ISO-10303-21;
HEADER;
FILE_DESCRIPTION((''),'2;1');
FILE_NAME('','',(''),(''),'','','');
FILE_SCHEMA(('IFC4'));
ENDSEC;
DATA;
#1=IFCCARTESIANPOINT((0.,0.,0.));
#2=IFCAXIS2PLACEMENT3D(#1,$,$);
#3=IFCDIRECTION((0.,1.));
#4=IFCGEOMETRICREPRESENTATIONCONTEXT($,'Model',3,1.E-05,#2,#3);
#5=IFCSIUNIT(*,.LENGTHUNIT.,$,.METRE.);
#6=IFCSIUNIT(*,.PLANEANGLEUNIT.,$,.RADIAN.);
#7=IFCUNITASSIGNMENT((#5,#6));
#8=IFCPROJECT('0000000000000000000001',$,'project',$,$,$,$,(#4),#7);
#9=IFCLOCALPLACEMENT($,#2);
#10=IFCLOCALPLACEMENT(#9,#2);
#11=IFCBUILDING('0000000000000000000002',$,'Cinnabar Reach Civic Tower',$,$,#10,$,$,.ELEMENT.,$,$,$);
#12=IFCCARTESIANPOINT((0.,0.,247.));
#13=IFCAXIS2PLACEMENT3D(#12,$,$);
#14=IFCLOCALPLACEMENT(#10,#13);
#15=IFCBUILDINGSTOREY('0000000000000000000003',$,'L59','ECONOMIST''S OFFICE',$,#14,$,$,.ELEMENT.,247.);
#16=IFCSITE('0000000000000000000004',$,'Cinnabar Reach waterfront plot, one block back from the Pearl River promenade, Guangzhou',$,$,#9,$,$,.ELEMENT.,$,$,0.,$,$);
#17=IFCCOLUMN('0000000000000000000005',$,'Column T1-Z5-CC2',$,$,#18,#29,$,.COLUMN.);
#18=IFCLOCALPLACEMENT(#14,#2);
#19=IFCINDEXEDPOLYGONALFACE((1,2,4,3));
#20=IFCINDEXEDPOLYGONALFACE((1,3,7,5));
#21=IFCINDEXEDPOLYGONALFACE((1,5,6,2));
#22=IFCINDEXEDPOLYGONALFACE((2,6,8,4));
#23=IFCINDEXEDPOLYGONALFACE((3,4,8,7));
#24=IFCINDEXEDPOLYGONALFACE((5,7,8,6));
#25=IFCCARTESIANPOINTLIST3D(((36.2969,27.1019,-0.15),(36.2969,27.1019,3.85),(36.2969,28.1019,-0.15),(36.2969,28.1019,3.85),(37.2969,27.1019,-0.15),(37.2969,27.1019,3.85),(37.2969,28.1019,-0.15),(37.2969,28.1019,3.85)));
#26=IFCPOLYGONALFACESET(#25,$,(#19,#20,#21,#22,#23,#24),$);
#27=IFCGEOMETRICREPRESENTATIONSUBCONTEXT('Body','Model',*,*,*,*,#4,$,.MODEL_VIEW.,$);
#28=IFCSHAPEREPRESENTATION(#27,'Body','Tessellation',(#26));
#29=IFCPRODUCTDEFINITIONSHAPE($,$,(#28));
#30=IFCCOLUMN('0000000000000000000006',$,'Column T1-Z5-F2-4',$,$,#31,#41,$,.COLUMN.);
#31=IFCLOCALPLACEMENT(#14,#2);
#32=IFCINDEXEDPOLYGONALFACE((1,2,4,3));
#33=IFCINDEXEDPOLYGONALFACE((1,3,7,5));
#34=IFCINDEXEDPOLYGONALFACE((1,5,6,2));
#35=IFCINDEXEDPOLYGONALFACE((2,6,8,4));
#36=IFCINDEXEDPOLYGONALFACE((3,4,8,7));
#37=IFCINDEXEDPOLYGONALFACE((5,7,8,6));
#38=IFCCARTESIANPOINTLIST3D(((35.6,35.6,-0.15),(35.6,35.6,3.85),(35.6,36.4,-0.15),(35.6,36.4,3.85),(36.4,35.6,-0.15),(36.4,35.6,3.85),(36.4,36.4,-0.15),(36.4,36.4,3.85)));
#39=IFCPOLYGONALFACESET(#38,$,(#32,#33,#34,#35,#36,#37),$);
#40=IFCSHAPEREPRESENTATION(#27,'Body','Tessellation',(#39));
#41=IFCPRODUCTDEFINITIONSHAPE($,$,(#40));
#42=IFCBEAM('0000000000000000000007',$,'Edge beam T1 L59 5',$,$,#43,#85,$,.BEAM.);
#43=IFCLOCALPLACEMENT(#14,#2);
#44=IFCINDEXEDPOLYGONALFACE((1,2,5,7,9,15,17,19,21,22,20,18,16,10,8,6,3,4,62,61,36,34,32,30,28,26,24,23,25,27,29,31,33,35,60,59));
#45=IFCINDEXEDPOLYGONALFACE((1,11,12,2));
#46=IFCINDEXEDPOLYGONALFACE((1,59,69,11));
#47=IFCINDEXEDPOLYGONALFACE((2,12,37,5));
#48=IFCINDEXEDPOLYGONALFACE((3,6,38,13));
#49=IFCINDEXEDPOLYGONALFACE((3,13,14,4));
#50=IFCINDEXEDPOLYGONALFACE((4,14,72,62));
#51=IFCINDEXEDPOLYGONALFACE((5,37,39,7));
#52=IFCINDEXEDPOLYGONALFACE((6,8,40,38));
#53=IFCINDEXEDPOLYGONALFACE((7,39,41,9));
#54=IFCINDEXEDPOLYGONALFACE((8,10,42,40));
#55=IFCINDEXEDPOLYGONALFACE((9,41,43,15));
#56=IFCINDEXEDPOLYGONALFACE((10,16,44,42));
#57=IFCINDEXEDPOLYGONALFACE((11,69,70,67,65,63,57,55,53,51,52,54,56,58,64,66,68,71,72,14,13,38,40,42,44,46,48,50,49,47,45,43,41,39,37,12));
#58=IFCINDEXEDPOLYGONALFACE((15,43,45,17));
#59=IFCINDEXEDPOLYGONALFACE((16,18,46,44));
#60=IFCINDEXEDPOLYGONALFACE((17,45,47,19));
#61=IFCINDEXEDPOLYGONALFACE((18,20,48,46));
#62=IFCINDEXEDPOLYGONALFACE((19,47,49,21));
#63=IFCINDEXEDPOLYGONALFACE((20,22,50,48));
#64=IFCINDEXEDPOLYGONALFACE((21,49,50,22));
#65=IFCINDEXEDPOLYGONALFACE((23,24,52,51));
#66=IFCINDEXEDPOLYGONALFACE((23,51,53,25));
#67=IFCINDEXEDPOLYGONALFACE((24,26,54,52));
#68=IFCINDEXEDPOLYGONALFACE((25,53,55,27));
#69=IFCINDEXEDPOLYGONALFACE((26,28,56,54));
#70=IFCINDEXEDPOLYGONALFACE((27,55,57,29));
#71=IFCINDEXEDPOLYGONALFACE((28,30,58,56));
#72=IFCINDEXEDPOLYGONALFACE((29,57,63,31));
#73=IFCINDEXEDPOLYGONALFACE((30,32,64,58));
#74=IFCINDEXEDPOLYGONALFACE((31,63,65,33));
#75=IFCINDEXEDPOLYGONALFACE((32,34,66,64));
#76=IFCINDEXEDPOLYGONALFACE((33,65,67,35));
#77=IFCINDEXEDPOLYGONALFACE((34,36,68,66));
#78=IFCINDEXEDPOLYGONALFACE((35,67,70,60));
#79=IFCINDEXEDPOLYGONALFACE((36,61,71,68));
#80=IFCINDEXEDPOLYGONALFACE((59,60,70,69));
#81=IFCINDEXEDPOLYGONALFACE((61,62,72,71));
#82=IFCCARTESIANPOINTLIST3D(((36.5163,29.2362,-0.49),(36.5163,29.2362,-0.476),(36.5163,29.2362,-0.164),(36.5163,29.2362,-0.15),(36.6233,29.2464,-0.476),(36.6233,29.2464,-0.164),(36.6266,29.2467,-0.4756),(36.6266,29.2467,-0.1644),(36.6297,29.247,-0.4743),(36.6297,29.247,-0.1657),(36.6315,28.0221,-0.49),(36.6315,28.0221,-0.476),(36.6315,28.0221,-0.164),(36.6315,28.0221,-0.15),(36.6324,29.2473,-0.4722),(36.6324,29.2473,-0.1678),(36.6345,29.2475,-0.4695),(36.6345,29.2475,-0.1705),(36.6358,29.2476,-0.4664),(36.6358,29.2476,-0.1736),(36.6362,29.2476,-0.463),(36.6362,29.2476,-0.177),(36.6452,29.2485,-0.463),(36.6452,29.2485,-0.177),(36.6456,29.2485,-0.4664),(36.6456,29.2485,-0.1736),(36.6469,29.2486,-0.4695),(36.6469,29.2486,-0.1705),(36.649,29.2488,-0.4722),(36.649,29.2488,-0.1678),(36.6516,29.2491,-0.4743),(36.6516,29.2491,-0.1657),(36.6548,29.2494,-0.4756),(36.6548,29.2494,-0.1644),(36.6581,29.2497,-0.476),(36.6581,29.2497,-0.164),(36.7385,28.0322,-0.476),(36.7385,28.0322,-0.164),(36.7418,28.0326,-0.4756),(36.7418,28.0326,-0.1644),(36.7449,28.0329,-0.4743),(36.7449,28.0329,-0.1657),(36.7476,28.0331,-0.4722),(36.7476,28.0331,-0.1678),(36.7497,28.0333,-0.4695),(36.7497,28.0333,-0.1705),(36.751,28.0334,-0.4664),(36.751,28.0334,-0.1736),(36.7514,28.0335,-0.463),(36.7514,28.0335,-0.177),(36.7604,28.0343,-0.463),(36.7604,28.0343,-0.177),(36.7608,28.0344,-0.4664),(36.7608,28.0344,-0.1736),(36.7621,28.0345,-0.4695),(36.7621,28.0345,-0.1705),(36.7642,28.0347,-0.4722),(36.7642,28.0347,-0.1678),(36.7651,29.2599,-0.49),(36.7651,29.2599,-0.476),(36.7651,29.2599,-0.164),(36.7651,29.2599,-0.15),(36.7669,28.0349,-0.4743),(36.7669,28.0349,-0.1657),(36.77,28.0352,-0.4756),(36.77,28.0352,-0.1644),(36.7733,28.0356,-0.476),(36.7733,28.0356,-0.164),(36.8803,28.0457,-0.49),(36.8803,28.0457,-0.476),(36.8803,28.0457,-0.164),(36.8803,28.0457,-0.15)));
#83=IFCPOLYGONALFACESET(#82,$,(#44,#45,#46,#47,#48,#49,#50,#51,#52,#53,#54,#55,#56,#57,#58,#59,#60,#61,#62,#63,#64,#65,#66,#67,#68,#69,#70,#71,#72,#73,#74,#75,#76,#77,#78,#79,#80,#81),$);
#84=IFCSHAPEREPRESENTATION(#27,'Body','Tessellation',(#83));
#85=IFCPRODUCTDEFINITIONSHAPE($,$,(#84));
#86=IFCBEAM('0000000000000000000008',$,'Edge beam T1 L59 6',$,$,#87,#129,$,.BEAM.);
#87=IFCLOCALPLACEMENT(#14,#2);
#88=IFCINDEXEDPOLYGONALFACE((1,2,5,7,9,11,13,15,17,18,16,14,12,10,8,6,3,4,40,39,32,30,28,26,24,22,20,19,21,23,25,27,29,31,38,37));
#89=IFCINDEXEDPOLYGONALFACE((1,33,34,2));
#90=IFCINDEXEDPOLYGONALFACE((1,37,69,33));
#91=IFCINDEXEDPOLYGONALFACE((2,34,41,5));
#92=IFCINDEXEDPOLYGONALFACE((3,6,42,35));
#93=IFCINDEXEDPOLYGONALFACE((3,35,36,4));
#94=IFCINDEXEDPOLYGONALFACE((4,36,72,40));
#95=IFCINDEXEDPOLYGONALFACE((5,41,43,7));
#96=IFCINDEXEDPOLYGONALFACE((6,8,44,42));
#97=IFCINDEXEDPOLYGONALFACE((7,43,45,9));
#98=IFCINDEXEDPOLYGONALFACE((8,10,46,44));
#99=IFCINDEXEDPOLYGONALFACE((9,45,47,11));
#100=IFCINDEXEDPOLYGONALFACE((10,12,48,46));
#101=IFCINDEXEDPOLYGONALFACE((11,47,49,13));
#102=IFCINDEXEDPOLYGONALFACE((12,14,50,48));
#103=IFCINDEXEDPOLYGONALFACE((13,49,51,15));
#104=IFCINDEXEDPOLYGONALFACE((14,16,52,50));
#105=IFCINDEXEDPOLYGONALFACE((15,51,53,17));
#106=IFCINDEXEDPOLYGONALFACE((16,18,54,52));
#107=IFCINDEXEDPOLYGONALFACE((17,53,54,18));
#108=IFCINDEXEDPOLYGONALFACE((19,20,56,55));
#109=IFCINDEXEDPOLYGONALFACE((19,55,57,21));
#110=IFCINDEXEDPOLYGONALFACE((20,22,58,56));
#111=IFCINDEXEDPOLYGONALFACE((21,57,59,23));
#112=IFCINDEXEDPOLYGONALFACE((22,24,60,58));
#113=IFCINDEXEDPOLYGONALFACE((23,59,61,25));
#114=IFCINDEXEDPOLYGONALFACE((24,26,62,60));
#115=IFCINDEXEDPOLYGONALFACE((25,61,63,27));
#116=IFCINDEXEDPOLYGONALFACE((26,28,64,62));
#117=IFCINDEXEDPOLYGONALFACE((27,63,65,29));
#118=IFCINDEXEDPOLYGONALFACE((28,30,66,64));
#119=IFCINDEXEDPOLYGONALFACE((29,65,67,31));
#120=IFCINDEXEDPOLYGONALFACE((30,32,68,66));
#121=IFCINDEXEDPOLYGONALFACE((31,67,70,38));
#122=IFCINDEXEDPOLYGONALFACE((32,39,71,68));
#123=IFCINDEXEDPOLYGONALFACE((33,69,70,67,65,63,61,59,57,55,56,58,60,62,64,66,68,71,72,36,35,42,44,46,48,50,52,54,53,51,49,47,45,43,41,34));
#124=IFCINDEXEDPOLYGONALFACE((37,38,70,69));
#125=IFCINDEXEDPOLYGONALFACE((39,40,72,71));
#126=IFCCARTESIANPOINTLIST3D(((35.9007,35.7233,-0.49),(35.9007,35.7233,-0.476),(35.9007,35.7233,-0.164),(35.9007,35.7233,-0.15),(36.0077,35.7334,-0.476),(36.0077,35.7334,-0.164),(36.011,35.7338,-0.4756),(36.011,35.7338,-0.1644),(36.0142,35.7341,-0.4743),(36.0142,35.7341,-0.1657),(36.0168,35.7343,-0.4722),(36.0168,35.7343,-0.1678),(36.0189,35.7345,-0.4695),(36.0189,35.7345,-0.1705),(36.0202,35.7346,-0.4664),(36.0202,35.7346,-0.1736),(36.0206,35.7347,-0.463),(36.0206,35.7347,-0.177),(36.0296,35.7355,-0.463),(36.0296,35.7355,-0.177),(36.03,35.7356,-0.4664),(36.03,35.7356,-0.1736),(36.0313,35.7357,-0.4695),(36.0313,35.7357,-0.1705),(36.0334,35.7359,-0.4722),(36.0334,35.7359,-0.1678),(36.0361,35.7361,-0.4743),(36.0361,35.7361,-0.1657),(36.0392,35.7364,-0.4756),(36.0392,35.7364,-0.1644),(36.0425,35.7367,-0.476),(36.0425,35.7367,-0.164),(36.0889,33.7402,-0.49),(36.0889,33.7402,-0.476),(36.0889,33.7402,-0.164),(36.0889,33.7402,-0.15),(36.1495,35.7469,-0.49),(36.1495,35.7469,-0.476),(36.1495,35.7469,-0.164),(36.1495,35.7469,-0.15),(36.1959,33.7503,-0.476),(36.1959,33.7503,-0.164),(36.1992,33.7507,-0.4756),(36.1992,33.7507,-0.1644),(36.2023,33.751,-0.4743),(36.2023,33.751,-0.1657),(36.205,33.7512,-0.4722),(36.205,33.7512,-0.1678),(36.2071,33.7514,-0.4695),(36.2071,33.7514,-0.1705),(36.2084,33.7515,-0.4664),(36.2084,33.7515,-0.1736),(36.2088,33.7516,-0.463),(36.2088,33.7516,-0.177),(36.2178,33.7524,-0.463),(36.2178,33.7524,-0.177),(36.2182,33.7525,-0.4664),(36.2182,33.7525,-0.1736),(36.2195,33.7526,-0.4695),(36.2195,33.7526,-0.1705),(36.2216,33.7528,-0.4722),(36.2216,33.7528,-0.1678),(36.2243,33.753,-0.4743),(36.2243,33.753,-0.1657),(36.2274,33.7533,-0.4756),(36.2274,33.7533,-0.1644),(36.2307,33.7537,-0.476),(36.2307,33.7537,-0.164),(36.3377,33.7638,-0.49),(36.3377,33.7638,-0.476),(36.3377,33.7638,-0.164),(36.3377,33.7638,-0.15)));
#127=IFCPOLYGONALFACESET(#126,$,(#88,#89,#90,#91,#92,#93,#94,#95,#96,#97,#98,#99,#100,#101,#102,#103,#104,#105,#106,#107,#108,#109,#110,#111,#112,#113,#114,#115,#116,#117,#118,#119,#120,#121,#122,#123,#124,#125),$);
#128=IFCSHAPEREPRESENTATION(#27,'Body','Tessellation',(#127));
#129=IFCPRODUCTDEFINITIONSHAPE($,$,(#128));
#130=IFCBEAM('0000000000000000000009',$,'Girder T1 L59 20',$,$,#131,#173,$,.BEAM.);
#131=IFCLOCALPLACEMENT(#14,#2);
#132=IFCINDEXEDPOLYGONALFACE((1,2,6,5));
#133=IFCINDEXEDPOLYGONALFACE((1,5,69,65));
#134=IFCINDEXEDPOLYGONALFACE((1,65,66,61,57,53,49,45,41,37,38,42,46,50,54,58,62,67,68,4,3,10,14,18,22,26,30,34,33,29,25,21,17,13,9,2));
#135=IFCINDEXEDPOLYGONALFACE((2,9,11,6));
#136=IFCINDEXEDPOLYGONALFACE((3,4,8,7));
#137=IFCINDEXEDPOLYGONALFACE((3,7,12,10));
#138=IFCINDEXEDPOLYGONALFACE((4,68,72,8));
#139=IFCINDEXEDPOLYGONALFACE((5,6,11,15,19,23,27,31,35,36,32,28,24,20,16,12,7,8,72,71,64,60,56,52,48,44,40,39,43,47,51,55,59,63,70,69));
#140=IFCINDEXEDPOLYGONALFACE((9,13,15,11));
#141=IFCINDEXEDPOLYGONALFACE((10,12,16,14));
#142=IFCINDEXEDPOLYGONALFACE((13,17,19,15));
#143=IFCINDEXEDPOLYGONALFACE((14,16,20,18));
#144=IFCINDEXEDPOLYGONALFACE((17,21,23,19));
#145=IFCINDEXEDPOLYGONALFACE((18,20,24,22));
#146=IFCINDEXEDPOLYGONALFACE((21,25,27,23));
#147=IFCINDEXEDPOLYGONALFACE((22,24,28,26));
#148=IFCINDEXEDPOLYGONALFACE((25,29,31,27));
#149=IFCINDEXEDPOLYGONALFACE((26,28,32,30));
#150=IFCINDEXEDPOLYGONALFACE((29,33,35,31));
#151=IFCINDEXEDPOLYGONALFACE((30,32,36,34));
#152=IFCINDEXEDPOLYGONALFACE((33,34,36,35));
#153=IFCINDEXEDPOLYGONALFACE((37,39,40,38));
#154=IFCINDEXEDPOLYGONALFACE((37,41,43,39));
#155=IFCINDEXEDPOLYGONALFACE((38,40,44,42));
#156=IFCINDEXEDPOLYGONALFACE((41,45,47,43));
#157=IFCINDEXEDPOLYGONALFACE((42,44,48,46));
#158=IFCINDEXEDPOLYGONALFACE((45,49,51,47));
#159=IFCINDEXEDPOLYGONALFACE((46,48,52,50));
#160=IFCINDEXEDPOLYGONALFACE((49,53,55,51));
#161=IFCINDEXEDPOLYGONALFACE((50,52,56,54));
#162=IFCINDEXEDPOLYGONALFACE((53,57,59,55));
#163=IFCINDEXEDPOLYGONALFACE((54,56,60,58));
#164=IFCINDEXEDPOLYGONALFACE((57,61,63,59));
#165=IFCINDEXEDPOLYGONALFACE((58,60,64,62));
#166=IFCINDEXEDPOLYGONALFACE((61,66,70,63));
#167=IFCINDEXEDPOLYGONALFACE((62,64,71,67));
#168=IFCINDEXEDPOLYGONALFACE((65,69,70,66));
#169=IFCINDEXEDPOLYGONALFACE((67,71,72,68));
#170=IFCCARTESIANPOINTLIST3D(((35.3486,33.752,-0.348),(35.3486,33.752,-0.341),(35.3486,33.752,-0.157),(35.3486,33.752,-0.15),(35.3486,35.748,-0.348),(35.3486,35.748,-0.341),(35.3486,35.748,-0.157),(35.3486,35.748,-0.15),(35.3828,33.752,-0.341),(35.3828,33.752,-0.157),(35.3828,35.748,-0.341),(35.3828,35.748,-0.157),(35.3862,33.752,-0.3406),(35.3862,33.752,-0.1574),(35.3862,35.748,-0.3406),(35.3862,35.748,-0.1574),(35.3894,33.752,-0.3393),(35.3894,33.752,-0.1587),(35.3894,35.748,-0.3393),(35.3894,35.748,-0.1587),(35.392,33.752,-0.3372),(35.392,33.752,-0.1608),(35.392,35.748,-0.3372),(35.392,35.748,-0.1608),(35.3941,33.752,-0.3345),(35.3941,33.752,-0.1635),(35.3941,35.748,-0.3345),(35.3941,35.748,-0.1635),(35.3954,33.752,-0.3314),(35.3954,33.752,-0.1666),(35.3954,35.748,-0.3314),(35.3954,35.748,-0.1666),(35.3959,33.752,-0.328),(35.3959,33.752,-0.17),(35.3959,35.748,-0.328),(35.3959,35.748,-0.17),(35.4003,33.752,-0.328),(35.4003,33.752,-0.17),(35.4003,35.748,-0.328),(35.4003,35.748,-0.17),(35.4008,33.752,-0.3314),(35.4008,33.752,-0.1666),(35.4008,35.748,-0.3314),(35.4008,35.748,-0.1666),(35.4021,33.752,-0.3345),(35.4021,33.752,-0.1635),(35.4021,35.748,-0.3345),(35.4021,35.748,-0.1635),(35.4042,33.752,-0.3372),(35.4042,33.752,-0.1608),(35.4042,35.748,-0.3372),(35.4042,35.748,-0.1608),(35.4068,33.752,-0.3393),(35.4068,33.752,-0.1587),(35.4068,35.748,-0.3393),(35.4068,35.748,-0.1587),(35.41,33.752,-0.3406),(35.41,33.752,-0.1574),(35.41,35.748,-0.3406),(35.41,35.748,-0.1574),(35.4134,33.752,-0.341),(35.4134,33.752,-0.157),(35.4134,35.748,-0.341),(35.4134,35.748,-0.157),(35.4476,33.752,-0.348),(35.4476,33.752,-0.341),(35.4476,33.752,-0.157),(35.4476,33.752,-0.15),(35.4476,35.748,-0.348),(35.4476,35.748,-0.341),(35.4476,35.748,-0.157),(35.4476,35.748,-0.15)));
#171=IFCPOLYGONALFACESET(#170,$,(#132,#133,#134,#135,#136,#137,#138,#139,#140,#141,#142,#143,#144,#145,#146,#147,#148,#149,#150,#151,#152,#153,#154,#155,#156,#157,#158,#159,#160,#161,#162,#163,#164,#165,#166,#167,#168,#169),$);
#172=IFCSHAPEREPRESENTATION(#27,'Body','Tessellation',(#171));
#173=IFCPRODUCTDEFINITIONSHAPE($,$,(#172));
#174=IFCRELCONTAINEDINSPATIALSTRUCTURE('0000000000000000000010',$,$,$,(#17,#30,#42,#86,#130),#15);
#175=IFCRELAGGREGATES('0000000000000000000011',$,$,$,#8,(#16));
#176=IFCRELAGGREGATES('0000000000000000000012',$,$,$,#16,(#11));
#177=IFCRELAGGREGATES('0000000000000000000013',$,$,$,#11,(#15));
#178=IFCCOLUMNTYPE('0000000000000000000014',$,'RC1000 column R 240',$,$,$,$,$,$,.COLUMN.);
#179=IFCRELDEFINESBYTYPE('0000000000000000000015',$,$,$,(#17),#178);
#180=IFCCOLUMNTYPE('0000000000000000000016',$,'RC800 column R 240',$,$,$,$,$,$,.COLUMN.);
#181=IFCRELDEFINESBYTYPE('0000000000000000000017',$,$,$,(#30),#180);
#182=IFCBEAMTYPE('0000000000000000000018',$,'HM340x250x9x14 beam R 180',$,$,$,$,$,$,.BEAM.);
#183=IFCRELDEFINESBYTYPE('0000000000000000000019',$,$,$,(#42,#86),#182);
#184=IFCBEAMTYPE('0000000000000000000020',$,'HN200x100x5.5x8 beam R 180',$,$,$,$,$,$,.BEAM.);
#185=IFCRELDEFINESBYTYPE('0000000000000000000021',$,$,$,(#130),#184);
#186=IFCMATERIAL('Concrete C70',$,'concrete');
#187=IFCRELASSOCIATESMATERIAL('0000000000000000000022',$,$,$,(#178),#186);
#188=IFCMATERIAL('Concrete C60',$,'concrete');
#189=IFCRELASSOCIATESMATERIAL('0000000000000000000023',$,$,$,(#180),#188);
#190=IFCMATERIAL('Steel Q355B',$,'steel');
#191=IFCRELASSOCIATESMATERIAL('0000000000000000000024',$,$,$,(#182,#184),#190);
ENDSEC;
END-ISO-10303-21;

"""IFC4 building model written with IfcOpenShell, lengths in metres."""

from ifc_helpers import new_model, si_unit, direction, frame, origin, origin_2d, place, context, subcontext, project, spatial, rectangle, i_section, extrude, material, material_profile, profile_set, type_object, element, save


model = new_model("IFC4")

# Units and contexts
model_context = context("Model", 3, precision=1e-05, world=origin(), true_north=direction((0.0, 1.0)))
body_context = subcontext(model_context, "Body", "Model", "MODEL_VIEW")
ifc_project = project(units=[si_unit("LENGTHUNIT", "METRE"), si_unit("PLANEANGLEUNIT", "RADIAN")], contexts=[model_context])

# Site, building, storey
site_placement = place(None, origin())
site = spatial("IfcSite", under=ifc_project, at=site_placement, Name="Cinnabar Reach waterfront plot, one block back from the Pearl River promenade, Guangzhou", CompositionType="ELEMENT", RefElevation=0.0)
building_placement = place(site_placement, origin())
building = spatial("IfcBuilding", under=site, at=building_placement, Name="Cinnabar Reach Civic Tower", CompositionType="ELEMENT")
storey_placement = place(building_placement, frame((0.0, 0.0, 247.0)))
storey = spatial("IfcBuildingStorey", under=building, at=storey_placement, Name="L59", Description="ECONOMIST'S OFFICE", CompositionType="ELEMENT", Elevation=247.0)

# Columns
ifc_material_1 = material(Name="Concrete C70", Category="concrete")
ifc_material_profile_1 = material_profile(ifc_material_1, rectangle(XDim=1.0, YDim=1.0, at=origin_2d()), Name="RC1000")
ifc_profile_set_1 = profile_set([ifc_material_profile_1], Name="Concrete C70")
column_type_1 = type_object("IfcColumnType", Name="RC1000 column R 240", PredefinedType="COLUMN", material=ifc_profile_set_1)
column_1_placement = place(storey_placement, frame((36.7969, 27.6019, -0.15), z_axis=(0.0, 0.0, 1.0), x_axis=(1.0, 0.0, 0.0)))
element("IfcColumn", 1, at=column_1_placement, inside=storey, type_object=column_type_1, Name="Column T1-Z5-CC2", PredefinedType="COLUMN", context=body_context, shape_type="SweptSolid", body=[
    extrude(rectangle(XDim=1.0, YDim=1.0, at=origin_2d()), origin(), (0.0, 0.0, 1.0), 4.0),
])
ifc_material_2 = material(Name="Concrete C60", Category="concrete")
ifc_material_profile_2 = material_profile(ifc_material_2, rectangle(XDim=0.8, YDim=0.8, at=origin_2d()), Name="RC800")
ifc_profile_set_2 = profile_set([ifc_material_profile_2], Name="Concrete C60")
column_type_2 = type_object("IfcColumnType", Name="RC800 column R 240", PredefinedType="COLUMN", material=ifc_profile_set_2)
column_2_placement = place(storey_placement, frame((36.0, 36.0, -0.15), z_axis=(0.0, 0.0, 1.0), x_axis=(1.0, 0.0, 0.0)))
element("IfcColumn", 2, at=column_2_placement, inside=storey, type_object=column_type_2, Name="Column T1-Z5-F2-4", PredefinedType="COLUMN", context=body_context, shape_type="SweptSolid", body=[
    extrude(rectangle(XDim=0.8, YDim=0.8, at=origin_2d()), origin(), (0.0, 0.0, 1.0), 4.0),
])

# Beams
ifc_material_3 = material(Name="Steel Q355B", Category="steel")
ifc_material_profile_3 = material_profile(ifc_material_3, i_section(OverallWidth=0.25, OverallDepth=0.34, WebThickness=0.009, FlangeThickness=0.014, FilletRadius=0.013, at=origin_2d()), Name="HM340x250x9x14")
ifc_profile_set_3 = profile_set([ifc_material_profile_3], Name="Steel Q355B")
beam_type_1 = type_object("IfcBeamType", Name="HM340x250x9x14 beam R 180", PredefinedType="BEAM", material=ifc_profile_set_3)
beam_1_placement = place(storey_placement, frame((36.7559, 28.0339, -0.32), z_axis=(-0.094461, 0.995529, 0.0), x_axis=(-0.995529, -0.094461, 0.0)))
element("IfcBeam", 3, at=beam_1_placement, inside=storey, type_object=beam_type_1, Name="Edge beam T1 L59 5", PredefinedType="BEAM", context=body_context, shape_type="SweptSolid", body=[
    extrude(i_section(OverallWidth=0.25, OverallDepth=0.34, WebThickness=0.009, FlangeThickness=0.014, FilletRadius=0.013, at=origin_2d()), origin(), (0.0, 0.0, 1.0), 1.2196),
])
beam_2_placement = place(storey_placement, frame((36.2133, 33.752, -0.32), z_axis=(-0.094477, 0.995527, 0.0), x_axis=(-0.995527, -0.094477, 0.0)))
element("IfcBeam", 4, at=beam_2_placement, inside=storey, type_object=beam_type_1, Name="Edge beam T1 L59 6", PredefinedType="BEAM", context=body_context, shape_type="SweptSolid", body=[
    extrude(i_section(OverallWidth=0.25, OverallDepth=0.34, WebThickness=0.009, FlangeThickness=0.014, FilletRadius=0.013, at=origin_2d()), origin(), (0.0, 0.0, 1.0), 1.992),
])
ifc_material_profile_4 = material_profile(ifc_material_3, i_section(OverallWidth=0.099, OverallDepth=0.198, WebThickness=0.0045, FlangeThickness=0.007, FilletRadius=0.013, at=origin_2d()), Name="HN200x100x5.5x8")
ifc_profile_set_4 = profile_set([ifc_material_profile_4], Name="Steel Q355B")
beam_type_2 = type_object("IfcBeamType", Name="HN200x100x5.5x8 beam R 180", PredefinedType="BEAM", material=ifc_profile_set_4)
beam_3_placement = place(storey_placement, frame((35.3981, 33.752, -0.249), z_axis=(0.0, 1.0, 0.0), x_axis=(-1.0, 0.0, 0.0)))
element("IfcBeam", 5, at=beam_3_placement, inside=storey, type_object=beam_type_2, Name="Girder T1 L59 20", PredefinedType="BEAM", context=body_context, shape_type="SweptSolid", body=[
    extrude(i_section(OverallWidth=0.099, OverallDepth=0.198, WebThickness=0.0045, FlangeThickness=0.007, FilletRadius=0.013, at=origin_2d()), origin(), (0.0, 0.0, 1.0), 1.996),
])

save(model, "model.ifc")
